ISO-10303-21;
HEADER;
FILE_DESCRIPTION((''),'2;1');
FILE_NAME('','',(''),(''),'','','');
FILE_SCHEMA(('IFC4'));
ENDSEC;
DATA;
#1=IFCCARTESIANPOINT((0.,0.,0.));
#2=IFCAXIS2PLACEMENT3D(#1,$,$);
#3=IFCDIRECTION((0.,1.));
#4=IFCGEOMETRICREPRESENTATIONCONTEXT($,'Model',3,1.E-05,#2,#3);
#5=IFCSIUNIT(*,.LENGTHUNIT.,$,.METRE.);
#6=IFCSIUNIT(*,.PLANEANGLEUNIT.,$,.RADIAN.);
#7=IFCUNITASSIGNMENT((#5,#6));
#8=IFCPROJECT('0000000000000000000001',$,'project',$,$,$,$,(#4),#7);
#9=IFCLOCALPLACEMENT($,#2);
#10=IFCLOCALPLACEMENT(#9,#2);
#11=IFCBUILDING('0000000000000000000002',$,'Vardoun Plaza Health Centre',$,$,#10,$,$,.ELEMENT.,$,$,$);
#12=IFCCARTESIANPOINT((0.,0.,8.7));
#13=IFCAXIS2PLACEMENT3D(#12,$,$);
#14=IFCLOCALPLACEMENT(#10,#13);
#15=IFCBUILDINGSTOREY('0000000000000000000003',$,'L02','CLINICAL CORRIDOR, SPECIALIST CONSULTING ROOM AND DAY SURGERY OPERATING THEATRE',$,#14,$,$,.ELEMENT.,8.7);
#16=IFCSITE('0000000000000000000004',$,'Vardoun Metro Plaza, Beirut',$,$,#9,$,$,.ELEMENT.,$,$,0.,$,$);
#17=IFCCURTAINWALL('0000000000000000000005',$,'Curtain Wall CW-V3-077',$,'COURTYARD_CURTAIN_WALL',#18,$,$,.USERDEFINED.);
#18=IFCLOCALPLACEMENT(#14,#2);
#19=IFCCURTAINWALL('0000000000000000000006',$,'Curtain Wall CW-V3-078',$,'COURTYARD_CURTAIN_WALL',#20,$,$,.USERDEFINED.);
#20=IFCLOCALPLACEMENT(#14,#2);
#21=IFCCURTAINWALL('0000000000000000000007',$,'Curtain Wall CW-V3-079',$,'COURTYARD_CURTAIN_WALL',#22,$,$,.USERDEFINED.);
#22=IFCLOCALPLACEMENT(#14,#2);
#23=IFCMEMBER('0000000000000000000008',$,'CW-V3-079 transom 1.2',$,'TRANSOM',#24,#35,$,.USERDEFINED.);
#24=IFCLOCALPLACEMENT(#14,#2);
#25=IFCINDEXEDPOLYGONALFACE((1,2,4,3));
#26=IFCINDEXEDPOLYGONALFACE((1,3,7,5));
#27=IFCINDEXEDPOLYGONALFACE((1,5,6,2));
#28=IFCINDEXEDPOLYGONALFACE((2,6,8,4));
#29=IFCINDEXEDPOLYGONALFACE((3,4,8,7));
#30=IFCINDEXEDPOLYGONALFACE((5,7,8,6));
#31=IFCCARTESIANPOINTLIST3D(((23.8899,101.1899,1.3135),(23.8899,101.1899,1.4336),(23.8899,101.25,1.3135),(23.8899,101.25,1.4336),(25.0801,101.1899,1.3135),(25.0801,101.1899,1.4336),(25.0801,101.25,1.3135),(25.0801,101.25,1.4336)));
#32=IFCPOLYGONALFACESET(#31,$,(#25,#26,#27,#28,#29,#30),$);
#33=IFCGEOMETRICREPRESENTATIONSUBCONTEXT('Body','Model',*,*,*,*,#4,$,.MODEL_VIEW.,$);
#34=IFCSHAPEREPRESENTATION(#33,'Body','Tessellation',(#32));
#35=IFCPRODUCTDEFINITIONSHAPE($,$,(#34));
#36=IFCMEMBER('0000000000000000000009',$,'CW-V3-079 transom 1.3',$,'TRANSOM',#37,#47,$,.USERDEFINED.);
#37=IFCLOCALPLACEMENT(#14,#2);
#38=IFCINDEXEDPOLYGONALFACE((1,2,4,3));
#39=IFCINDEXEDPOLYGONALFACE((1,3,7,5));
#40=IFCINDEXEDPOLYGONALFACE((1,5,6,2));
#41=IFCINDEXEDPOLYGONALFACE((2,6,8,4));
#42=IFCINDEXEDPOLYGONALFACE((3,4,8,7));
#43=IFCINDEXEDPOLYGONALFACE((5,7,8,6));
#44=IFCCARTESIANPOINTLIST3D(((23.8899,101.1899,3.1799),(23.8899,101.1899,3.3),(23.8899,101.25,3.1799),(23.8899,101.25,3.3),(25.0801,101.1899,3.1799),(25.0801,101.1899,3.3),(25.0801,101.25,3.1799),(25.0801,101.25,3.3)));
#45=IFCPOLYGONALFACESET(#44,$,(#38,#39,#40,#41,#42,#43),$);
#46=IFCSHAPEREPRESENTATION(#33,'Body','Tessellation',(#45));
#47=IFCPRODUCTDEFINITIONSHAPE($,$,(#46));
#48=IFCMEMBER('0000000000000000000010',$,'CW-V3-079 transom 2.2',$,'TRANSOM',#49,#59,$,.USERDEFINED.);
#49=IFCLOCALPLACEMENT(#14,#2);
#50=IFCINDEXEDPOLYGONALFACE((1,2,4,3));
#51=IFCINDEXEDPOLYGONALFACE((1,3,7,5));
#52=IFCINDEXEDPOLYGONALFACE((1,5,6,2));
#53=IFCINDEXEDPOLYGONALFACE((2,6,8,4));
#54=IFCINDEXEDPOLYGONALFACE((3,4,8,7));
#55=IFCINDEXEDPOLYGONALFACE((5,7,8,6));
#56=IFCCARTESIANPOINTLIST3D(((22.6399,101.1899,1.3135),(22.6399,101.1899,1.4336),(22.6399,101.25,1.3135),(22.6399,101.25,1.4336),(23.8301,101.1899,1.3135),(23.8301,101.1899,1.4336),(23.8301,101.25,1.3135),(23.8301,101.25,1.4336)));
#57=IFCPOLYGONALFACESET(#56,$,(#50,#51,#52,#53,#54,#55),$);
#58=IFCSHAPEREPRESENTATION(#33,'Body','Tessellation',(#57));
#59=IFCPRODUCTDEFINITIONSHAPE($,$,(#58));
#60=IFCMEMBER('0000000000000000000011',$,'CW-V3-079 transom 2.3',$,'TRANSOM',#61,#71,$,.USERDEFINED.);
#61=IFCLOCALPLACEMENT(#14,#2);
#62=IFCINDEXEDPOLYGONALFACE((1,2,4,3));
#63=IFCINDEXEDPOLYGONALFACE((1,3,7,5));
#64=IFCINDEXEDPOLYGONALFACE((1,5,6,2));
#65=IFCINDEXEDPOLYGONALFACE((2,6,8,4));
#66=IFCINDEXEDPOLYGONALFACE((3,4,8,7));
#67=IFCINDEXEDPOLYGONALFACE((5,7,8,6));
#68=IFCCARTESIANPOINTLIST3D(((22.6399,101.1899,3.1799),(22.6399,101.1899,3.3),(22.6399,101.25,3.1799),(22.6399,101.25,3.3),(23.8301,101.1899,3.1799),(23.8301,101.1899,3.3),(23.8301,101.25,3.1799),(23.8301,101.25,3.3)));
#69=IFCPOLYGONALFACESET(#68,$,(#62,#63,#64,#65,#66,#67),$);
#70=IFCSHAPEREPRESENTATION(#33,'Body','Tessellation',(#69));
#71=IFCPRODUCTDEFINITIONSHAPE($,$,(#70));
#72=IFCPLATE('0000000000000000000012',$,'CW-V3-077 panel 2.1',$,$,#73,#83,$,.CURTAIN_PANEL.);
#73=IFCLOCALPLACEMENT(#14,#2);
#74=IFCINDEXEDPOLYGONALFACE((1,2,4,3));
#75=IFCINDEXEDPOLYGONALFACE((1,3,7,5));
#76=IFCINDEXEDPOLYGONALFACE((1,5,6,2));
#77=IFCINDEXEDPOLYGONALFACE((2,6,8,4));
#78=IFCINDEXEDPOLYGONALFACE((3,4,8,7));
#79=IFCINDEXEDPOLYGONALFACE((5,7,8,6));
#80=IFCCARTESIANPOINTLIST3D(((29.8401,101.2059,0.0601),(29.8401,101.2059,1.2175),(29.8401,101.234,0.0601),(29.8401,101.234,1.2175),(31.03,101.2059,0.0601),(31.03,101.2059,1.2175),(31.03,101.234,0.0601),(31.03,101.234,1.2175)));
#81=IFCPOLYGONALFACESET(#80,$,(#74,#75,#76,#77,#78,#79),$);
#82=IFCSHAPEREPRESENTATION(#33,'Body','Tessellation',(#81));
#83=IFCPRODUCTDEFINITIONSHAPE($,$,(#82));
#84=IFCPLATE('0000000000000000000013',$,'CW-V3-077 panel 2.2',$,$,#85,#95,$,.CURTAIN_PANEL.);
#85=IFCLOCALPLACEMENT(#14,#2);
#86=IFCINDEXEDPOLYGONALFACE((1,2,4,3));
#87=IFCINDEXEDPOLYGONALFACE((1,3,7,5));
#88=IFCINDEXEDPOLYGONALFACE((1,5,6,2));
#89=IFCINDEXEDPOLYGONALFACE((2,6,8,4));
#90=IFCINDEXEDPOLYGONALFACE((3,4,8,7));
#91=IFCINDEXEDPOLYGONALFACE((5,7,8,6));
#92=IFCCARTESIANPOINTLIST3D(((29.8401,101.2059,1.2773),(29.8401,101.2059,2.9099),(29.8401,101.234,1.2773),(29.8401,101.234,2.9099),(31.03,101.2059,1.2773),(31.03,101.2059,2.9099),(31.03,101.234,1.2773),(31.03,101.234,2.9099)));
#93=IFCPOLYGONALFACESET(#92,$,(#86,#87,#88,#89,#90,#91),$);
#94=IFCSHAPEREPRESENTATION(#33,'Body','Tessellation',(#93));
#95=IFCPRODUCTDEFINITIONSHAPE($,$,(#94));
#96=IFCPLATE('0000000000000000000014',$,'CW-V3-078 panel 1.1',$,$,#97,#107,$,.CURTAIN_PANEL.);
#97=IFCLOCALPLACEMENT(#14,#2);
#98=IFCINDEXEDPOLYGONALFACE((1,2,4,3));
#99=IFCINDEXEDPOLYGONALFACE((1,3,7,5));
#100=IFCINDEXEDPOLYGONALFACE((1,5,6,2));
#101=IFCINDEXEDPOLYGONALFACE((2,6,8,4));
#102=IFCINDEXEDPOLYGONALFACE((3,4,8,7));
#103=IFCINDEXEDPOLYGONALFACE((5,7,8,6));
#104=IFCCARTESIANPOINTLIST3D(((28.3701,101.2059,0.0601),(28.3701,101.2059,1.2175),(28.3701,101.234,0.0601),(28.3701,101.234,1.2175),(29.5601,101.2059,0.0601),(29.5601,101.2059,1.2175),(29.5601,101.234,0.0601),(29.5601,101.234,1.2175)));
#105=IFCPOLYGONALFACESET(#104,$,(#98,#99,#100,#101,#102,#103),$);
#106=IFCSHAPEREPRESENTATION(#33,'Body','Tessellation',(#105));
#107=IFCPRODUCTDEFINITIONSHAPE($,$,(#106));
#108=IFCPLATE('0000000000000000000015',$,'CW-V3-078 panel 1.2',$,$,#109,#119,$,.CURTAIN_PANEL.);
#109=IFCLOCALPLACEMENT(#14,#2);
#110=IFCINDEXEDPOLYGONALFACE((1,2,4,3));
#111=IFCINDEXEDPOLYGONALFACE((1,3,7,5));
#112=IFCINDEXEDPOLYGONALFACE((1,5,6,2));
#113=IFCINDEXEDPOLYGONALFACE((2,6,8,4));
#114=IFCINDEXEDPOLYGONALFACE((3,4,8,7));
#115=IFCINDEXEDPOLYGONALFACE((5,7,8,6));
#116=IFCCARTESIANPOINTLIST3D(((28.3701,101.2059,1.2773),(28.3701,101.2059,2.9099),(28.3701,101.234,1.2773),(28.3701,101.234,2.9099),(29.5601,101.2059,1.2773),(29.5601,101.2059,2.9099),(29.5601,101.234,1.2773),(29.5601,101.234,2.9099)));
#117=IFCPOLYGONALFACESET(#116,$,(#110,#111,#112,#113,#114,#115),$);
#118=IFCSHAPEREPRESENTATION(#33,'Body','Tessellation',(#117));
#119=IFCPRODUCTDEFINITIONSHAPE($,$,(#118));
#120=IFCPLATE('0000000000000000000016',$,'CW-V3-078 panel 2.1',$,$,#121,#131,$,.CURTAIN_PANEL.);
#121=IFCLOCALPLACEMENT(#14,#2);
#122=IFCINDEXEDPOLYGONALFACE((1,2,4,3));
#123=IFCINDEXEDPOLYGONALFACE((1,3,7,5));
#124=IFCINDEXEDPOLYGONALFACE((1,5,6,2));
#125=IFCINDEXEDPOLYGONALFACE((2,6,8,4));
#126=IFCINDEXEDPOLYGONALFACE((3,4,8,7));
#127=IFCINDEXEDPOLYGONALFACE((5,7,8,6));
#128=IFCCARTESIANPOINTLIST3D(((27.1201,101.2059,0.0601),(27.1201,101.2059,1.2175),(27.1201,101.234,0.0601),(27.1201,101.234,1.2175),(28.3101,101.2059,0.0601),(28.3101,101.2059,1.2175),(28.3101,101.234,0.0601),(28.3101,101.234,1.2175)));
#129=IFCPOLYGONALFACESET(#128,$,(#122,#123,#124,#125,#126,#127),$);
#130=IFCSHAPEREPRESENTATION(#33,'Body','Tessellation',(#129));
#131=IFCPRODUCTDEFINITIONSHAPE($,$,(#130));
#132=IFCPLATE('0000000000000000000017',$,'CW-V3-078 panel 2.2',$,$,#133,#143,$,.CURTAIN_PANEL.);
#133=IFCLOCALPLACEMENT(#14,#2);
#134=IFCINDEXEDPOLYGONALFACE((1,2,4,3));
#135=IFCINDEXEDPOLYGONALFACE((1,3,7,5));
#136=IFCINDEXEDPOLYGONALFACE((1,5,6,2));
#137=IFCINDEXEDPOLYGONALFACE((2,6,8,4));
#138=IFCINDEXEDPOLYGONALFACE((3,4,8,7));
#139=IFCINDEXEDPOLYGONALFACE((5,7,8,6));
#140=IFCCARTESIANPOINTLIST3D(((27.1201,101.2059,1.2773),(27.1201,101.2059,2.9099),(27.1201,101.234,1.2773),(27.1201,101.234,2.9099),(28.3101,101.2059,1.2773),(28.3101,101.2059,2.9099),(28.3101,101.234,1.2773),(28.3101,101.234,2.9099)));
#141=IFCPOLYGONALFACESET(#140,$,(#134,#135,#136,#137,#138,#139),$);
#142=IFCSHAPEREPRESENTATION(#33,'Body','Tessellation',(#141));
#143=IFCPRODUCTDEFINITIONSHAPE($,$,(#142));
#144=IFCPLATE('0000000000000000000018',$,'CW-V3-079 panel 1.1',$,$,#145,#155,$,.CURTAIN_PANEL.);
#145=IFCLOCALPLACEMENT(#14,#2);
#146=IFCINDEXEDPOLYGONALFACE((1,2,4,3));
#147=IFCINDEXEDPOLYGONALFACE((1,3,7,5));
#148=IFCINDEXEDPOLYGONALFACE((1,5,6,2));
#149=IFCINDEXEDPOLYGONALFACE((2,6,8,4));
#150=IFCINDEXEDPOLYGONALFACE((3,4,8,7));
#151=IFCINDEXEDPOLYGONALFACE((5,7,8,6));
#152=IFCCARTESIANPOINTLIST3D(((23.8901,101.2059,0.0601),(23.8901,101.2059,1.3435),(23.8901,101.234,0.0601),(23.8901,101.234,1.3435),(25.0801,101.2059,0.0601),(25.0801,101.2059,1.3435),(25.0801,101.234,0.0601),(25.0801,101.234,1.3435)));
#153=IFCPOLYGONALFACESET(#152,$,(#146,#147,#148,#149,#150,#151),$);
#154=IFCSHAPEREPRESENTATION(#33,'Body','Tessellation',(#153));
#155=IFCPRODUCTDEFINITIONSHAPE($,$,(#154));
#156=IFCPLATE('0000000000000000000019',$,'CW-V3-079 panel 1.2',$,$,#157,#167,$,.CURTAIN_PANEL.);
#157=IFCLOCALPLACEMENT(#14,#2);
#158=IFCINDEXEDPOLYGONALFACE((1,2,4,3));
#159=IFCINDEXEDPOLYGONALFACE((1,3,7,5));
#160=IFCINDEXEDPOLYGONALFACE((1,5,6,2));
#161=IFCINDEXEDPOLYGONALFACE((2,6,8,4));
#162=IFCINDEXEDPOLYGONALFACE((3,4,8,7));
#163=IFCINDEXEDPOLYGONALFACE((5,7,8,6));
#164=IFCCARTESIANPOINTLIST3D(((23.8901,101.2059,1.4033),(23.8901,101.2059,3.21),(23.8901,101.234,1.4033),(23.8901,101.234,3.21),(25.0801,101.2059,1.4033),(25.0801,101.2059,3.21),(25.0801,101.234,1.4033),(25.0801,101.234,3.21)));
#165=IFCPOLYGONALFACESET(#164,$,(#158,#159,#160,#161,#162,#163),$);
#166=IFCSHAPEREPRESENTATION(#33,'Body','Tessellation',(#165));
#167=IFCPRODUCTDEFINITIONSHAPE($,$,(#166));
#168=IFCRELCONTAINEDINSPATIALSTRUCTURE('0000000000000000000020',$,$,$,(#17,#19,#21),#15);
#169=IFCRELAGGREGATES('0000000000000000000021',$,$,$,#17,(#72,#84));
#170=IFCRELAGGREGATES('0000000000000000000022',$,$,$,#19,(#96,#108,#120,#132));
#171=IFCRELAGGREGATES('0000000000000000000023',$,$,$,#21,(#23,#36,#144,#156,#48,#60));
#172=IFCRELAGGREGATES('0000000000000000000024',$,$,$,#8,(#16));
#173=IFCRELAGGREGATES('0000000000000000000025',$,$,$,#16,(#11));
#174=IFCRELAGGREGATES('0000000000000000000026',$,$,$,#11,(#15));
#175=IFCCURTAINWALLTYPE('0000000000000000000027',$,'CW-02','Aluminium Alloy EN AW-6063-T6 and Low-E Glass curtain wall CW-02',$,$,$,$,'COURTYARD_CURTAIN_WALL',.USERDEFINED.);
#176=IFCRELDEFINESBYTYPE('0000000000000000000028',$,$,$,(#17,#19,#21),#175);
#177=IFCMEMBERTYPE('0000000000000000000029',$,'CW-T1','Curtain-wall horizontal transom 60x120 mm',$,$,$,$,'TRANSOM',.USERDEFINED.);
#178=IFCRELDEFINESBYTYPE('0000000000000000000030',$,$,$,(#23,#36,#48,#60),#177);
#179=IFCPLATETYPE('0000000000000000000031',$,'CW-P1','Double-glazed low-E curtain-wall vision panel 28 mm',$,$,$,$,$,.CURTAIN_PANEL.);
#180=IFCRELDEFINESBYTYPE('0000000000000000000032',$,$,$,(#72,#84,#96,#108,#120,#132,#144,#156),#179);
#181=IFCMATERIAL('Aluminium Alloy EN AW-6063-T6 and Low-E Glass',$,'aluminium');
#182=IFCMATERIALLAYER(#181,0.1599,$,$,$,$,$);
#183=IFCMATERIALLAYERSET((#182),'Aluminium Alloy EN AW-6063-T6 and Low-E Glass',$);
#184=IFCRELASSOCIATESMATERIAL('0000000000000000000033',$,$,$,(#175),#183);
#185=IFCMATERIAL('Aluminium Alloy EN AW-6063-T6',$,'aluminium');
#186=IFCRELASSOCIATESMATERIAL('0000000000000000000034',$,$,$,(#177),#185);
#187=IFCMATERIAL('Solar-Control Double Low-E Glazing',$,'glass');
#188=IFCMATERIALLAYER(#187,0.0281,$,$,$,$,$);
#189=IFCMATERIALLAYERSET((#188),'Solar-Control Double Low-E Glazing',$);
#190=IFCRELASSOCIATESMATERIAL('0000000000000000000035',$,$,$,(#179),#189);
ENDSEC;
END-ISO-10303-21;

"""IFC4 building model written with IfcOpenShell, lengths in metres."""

from ifc_helpers import new_model, si_unit, direction, frame, origin, origin_2d, place, context, subcontext, project, spatial, rectangle, extrude, material, layer, layer_set, material_profile, profile_set, type_object, element, aggregate, save


model = new_model("IFC4")

# Units and contexts
model_context = context("Model", 3, precision=1e-05, world=origin(), true_north=direction((0.0, 1.0)))
body_context = subcontext(model_context, "Body", "Model", "MODEL_VIEW")
ifc_project = project(units=[si_unit("LENGTHUNIT", "METRE"), si_unit("PLANEANGLEUNIT", "RADIAN")], contexts=[model_context])

# Site, building, storey
site_placement = place(None, origin())
site = spatial("IfcSite", under=ifc_project, at=site_placement, Name="Vardoun Metro Plaza, Beirut", CompositionType="ELEMENT", RefElevation=0.0)
building_placement = place(site_placement, origin())
building = spatial("IfcBuilding", under=site, at=building_placement, Name="Vardoun Plaza Health Centre", CompositionType="ELEMENT")
storey_placement = place(building_placement, frame((0.0, 0.0, 8.7)))
storey = spatial("IfcBuildingStorey", under=building, at=storey_placement, Name="L02", Description="CLINICAL CORRIDOR, SPECIALIST CONSULTING ROOM AND DAY SURGERY OPERATING THEATRE", CompositionType="ELEMENT", Elevation=8.7)

# Curtain wall
ifc_material_1 = material(Name="Aluminium Alloy EN AW-6063-T6 and Low-E Glass", Category="aluminium")
ifc_layer_1 = layer(ifc_material_1, 0.1599)
ifc_layer_set_1 = layer_set([ifc_layer_1], Name="Aluminium Alloy EN AW-6063-T6 and Low-E Glass")
curtain_wall_type = type_object("IfcCurtainWallType", Name="CW-02", Description="Aluminium Alloy EN AW-6063-T6 and Low-E Glass curtain wall CW-02", ElementType="COURTYARD_CURTAIN_WALL", PredefinedType="USERDEFINED", material=ifc_layer_set_1)
curtain_wall_1_placement = place(storey_placement, origin())
curtain_wall_1 = element("IfcCurtainWall", 1, at=curtain_wall_1_placement, inside=storey, type_object=curtain_wall_type, Name="Curtain Wall CW-V3-077", ObjectType="COURTYARD_CURTAIN_WALL", PredefinedType="USERDEFINED")

# Curtain walls
curtain_wall_2_placement = place(storey_placement, origin())
curtain_wall_2 = element("IfcCurtainWall", 2, at=curtain_wall_2_placement, inside=storey, type_object=curtain_wall_type, Name="Curtain Wall CW-V3-078", ObjectType="COURTYARD_CURTAIN_WALL", PredefinedType="USERDEFINED")
curtain_wall_3_placement = place(storey_placement, origin())
curtain_wall_3 = element("IfcCurtainWall", 3, at=curtain_wall_3_placement, inside=storey, type_object=curtain_wall_type, Name="Curtain Wall CW-V3-079", ObjectType="COURTYARD_CURTAIN_WALL", PredefinedType="USERDEFINED")

# Members
ifc_material_2 = material(Name="Aluminium Alloy EN AW-6063-T6", Category="aluminium")
ifc_material_profile_1 = material_profile(ifc_material_2, rectangle(XDim=0.0601, YDim=0.1201, at=origin_2d()), Name="CWT 60x120")
ifc_profile_set_1 = profile_set([ifc_material_profile_1], Name="Aluminium Alloy EN AW-6063-T6")
member_type_1 = type_object("IfcMemberType", Name="CW-T1", Description="Curtain-wall horizontal transom 60x120 mm", ElementType="TRANSOM", PredefinedType="USERDEFINED", material=ifc_profile_set_1)
member_1_placement = place(storey_placement, frame((25.0801, 101.22, 1.3735), z_axis=(-1.0, 0.0, 0.0), x_axis=(0.0, -1.0, 0.0)))
member_1 = element("IfcMember", 4, at=member_1_placement, type_object=member_type_1, Name="CW-V3-079 transom 1.2", ObjectType="TRANSOM", PredefinedType="USERDEFINED", context=body_context, shape_type="SweptSolid", body=[
    extrude(rectangle(XDim=0.0601, YDim=0.1201, at=origin_2d()), origin(), (0.0, 0.0, 1.0), 1.1902),
])
member_2_placement = place(storey_placement, frame((25.0801, 101.22, 3.24), z_axis=(-1.0, 0.0, 0.0), x_axis=(0.0, -1.0, 0.0)))
member_2 = element("IfcMember", 5, at=member_2_placement, type_object=member_type_1, Name="CW-V3-079 transom 1.3", ObjectType="TRANSOM", PredefinedType="USERDEFINED", context=body_context, shape_type="SweptSolid", body=[
    extrude(rectangle(XDim=0.0601, YDim=0.1201, at=origin_2d()), origin(), (0.0, 0.0, 1.0), 1.1902),
])
member_3_placement = place(storey_placement, frame((23.8301, 101.22, 1.3735), z_axis=(-1.0, 0.0, 0.0), x_axis=(0.0, -1.0, 0.0)))
member_3 = element("IfcMember", 6, at=member_3_placement, type_object=member_type_1, Name="CW-V3-079 transom 2.2", ObjectType="TRANSOM", PredefinedType="USERDEFINED", context=body_context, shape_type="SweptSolid", body=[
    extrude(rectangle(XDim=0.0601, YDim=0.1201, at=origin_2d()), origin(), (0.0, 0.0, 1.0), 1.1902),
])
member_4_placement = place(storey_placement, frame((23.8301, 101.22, 3.24), z_axis=(-1.0, 0.0, 0.0), x_axis=(0.0, -1.0, 0.0)))
member_4 = element("IfcMember", 7, at=member_4_placement, type_object=member_type_1, Name="CW-V3-079 transom 2.3", ObjectType="TRANSOM", PredefinedType="USERDEFINED", context=body_context, shape_type="SweptSolid", body=[
    extrude(rectangle(XDim=0.0601, YDim=0.1201, at=origin_2d()), origin(), (0.0, 0.0, 1.0), 1.1902),
])

# Plates
ifc_material_3 = material(Name="Solar-Control Double Low-E Glazing", Category="glass")
ifc_layer_2 = layer(ifc_material_3, 0.0281)
ifc_layer_set_2 = layer_set([ifc_layer_2], Name="Solar-Control Double Low-E Glazing")
plate_type = type_object("IfcPlateType", Name="CW-P1", Description="Double-glazed low-E curtain-wall vision panel 28 mm", PredefinedType="CURTAIN_PANEL", material=ifc_layer_set_2)
plate_1_placement = place(storey_placement, frame((30.4351, 101.22, 0.0601), z_axis=(0.0, 0.0, 1.0), x_axis=(-1.0, 0.0, 0.0)))
plate_1 = element("IfcPlate", 8, at=plate_1_placement, type_object=plate_type, Name="CW-V3-077 panel 2.1", PredefinedType="CURTAIN_PANEL", context=body_context, shape_type="SweptSolid", body=[
    extrude(rectangle(XDim=1.1899, YDim=0.0281, at=origin_2d()), origin(), (0.0, 0.0, 1.0), 1.1575),
])
plate_2_placement = place(storey_placement, frame((30.4351, 101.22, 1.2773), z_axis=(0.0, 0.0, 1.0), x_axis=(-1.0, 0.0, 0.0)))
plate_2 = element("IfcPlate", 9, at=plate_2_placement, type_object=plate_type, Name="CW-V3-077 panel 2.2", PredefinedType="CURTAIN_PANEL", context=body_context, shape_type="SweptSolid", body=[
    extrude(rectangle(XDim=1.1899, YDim=0.0281, at=origin_2d()), origin(), (0.0, 0.0, 1.0), 1.6326),
])
aggregate(curtain_wall_1, [plate_1, plate_2])
plate_3_placement = place(storey_placement, frame((28.9651, 101.22, 0.0601), z_axis=(0.0, 0.0, 1.0), x_axis=(-1.0, 0.0, 0.0)))
plate_3 = element("IfcPlate", 10, at=plate_3_placement, type_object=plate_type, Name="CW-V3-078 panel 1.1", PredefinedType="CURTAIN_PANEL", context=body_context, shape_type="SweptSolid", body=[
    extrude(rectangle(XDim=1.1899, YDim=0.0281, at=origin_2d()), origin(), (0.0, 0.0, 1.0), 1.1575),
])
plate_4_placement = place(storey_placement, frame((28.9651, 101.22, 1.2773), z_axis=(0.0, 0.0, 1.0), x_axis=(-1.0, 0.0, 0.0)))
plate_4 = element("IfcPlate", 11, at=plate_4_placement, type_object=plate_type, Name="CW-V3-078 panel 1.2", PredefinedType="CURTAIN_PANEL", context=body_context, shape_type="SweptSolid", body=[
    extrude(rectangle(XDim=1.1899, YDim=0.0281, at=origin_2d()), origin(), (0.0, 0.0, 1.0), 1.6326),
])
plate_5_placement = place(storey_placement, frame((27.7151, 101.22, 0.0601), z_axis=(0.0, 0.0, 1.0), x_axis=(-1.0, 0.0, 0.0)))
plate_5 = element("IfcPlate", 12, at=plate_5_placement, type_object=plate_type, Name="CW-V3-078 panel 2.1", PredefinedType="CURTAIN_PANEL", context=body_context, shape_type="SweptSolid", body=[
    extrude(rectangle(XDim=1.1899, YDim=0.0281, at=origin_2d()), origin(), (0.0, 0.0, 1.0), 1.1575),
])
plate_6_placement = place(storey_placement, frame((27.7151, 101.22, 1.2773), z_axis=(0.0, 0.0, 1.0), x_axis=(-1.0, 0.0, 0.0)))
plate_6 = element("IfcPlate", 13, at=plate_6_placement, type_object=plate_type, Name="CW-V3-078 panel 2.2", PredefinedType="CURTAIN_PANEL", context=body_context, shape_type="SweptSolid", body=[
    extrude(rectangle(XDim=1.1899, YDim=0.0281, at=origin_2d()), origin(), (0.0, 0.0, 1.0), 1.6326),
])
aggregate(curtain_wall_2, [plate_3, plate_4, plate_5, plate_6])
plate_7_placement = place(storey_placement, frame((24.4851, 101.22, 0.0601), z_axis=(0.0, 0.0, 1.0), x_axis=(-1.0, 0.0, 0.0)))
plate_7 = element("IfcPlate", 14, at=plate_7_placement, type_object=plate_type, Name="CW-V3-079 panel 1.1", PredefinedType="CURTAIN_PANEL", context=body_context, shape_type="SweptSolid", body=[
    extrude(rectangle(XDim=1.1899, YDim=0.0281, at=origin_2d()), origin(), (0.0, 0.0, 1.0), 1.2834),
])
plate_8_placement = place(storey_placement, frame((24.4851, 101.22, 1.4033), z_axis=(0.0, 0.0, 1.0), x_axis=(-1.0, 0.0, 0.0)))
plate_8 = element("IfcPlate", 15, at=plate_8_placement, type_object=plate_type, Name="CW-V3-079 panel 1.2", PredefinedType="CURTAIN_PANEL", context=body_context, shape_type="SweptSolid", body=[
    extrude(rectangle(XDim=1.1899, YDim=0.0281, at=origin_2d()), origin(), (0.0, 0.0, 1.0), 1.8066),
])
aggregate(curtain_wall_3, [member_1, member_2, plate_7, plate_8, member_3, member_4])

save(model, "model.ifc")
